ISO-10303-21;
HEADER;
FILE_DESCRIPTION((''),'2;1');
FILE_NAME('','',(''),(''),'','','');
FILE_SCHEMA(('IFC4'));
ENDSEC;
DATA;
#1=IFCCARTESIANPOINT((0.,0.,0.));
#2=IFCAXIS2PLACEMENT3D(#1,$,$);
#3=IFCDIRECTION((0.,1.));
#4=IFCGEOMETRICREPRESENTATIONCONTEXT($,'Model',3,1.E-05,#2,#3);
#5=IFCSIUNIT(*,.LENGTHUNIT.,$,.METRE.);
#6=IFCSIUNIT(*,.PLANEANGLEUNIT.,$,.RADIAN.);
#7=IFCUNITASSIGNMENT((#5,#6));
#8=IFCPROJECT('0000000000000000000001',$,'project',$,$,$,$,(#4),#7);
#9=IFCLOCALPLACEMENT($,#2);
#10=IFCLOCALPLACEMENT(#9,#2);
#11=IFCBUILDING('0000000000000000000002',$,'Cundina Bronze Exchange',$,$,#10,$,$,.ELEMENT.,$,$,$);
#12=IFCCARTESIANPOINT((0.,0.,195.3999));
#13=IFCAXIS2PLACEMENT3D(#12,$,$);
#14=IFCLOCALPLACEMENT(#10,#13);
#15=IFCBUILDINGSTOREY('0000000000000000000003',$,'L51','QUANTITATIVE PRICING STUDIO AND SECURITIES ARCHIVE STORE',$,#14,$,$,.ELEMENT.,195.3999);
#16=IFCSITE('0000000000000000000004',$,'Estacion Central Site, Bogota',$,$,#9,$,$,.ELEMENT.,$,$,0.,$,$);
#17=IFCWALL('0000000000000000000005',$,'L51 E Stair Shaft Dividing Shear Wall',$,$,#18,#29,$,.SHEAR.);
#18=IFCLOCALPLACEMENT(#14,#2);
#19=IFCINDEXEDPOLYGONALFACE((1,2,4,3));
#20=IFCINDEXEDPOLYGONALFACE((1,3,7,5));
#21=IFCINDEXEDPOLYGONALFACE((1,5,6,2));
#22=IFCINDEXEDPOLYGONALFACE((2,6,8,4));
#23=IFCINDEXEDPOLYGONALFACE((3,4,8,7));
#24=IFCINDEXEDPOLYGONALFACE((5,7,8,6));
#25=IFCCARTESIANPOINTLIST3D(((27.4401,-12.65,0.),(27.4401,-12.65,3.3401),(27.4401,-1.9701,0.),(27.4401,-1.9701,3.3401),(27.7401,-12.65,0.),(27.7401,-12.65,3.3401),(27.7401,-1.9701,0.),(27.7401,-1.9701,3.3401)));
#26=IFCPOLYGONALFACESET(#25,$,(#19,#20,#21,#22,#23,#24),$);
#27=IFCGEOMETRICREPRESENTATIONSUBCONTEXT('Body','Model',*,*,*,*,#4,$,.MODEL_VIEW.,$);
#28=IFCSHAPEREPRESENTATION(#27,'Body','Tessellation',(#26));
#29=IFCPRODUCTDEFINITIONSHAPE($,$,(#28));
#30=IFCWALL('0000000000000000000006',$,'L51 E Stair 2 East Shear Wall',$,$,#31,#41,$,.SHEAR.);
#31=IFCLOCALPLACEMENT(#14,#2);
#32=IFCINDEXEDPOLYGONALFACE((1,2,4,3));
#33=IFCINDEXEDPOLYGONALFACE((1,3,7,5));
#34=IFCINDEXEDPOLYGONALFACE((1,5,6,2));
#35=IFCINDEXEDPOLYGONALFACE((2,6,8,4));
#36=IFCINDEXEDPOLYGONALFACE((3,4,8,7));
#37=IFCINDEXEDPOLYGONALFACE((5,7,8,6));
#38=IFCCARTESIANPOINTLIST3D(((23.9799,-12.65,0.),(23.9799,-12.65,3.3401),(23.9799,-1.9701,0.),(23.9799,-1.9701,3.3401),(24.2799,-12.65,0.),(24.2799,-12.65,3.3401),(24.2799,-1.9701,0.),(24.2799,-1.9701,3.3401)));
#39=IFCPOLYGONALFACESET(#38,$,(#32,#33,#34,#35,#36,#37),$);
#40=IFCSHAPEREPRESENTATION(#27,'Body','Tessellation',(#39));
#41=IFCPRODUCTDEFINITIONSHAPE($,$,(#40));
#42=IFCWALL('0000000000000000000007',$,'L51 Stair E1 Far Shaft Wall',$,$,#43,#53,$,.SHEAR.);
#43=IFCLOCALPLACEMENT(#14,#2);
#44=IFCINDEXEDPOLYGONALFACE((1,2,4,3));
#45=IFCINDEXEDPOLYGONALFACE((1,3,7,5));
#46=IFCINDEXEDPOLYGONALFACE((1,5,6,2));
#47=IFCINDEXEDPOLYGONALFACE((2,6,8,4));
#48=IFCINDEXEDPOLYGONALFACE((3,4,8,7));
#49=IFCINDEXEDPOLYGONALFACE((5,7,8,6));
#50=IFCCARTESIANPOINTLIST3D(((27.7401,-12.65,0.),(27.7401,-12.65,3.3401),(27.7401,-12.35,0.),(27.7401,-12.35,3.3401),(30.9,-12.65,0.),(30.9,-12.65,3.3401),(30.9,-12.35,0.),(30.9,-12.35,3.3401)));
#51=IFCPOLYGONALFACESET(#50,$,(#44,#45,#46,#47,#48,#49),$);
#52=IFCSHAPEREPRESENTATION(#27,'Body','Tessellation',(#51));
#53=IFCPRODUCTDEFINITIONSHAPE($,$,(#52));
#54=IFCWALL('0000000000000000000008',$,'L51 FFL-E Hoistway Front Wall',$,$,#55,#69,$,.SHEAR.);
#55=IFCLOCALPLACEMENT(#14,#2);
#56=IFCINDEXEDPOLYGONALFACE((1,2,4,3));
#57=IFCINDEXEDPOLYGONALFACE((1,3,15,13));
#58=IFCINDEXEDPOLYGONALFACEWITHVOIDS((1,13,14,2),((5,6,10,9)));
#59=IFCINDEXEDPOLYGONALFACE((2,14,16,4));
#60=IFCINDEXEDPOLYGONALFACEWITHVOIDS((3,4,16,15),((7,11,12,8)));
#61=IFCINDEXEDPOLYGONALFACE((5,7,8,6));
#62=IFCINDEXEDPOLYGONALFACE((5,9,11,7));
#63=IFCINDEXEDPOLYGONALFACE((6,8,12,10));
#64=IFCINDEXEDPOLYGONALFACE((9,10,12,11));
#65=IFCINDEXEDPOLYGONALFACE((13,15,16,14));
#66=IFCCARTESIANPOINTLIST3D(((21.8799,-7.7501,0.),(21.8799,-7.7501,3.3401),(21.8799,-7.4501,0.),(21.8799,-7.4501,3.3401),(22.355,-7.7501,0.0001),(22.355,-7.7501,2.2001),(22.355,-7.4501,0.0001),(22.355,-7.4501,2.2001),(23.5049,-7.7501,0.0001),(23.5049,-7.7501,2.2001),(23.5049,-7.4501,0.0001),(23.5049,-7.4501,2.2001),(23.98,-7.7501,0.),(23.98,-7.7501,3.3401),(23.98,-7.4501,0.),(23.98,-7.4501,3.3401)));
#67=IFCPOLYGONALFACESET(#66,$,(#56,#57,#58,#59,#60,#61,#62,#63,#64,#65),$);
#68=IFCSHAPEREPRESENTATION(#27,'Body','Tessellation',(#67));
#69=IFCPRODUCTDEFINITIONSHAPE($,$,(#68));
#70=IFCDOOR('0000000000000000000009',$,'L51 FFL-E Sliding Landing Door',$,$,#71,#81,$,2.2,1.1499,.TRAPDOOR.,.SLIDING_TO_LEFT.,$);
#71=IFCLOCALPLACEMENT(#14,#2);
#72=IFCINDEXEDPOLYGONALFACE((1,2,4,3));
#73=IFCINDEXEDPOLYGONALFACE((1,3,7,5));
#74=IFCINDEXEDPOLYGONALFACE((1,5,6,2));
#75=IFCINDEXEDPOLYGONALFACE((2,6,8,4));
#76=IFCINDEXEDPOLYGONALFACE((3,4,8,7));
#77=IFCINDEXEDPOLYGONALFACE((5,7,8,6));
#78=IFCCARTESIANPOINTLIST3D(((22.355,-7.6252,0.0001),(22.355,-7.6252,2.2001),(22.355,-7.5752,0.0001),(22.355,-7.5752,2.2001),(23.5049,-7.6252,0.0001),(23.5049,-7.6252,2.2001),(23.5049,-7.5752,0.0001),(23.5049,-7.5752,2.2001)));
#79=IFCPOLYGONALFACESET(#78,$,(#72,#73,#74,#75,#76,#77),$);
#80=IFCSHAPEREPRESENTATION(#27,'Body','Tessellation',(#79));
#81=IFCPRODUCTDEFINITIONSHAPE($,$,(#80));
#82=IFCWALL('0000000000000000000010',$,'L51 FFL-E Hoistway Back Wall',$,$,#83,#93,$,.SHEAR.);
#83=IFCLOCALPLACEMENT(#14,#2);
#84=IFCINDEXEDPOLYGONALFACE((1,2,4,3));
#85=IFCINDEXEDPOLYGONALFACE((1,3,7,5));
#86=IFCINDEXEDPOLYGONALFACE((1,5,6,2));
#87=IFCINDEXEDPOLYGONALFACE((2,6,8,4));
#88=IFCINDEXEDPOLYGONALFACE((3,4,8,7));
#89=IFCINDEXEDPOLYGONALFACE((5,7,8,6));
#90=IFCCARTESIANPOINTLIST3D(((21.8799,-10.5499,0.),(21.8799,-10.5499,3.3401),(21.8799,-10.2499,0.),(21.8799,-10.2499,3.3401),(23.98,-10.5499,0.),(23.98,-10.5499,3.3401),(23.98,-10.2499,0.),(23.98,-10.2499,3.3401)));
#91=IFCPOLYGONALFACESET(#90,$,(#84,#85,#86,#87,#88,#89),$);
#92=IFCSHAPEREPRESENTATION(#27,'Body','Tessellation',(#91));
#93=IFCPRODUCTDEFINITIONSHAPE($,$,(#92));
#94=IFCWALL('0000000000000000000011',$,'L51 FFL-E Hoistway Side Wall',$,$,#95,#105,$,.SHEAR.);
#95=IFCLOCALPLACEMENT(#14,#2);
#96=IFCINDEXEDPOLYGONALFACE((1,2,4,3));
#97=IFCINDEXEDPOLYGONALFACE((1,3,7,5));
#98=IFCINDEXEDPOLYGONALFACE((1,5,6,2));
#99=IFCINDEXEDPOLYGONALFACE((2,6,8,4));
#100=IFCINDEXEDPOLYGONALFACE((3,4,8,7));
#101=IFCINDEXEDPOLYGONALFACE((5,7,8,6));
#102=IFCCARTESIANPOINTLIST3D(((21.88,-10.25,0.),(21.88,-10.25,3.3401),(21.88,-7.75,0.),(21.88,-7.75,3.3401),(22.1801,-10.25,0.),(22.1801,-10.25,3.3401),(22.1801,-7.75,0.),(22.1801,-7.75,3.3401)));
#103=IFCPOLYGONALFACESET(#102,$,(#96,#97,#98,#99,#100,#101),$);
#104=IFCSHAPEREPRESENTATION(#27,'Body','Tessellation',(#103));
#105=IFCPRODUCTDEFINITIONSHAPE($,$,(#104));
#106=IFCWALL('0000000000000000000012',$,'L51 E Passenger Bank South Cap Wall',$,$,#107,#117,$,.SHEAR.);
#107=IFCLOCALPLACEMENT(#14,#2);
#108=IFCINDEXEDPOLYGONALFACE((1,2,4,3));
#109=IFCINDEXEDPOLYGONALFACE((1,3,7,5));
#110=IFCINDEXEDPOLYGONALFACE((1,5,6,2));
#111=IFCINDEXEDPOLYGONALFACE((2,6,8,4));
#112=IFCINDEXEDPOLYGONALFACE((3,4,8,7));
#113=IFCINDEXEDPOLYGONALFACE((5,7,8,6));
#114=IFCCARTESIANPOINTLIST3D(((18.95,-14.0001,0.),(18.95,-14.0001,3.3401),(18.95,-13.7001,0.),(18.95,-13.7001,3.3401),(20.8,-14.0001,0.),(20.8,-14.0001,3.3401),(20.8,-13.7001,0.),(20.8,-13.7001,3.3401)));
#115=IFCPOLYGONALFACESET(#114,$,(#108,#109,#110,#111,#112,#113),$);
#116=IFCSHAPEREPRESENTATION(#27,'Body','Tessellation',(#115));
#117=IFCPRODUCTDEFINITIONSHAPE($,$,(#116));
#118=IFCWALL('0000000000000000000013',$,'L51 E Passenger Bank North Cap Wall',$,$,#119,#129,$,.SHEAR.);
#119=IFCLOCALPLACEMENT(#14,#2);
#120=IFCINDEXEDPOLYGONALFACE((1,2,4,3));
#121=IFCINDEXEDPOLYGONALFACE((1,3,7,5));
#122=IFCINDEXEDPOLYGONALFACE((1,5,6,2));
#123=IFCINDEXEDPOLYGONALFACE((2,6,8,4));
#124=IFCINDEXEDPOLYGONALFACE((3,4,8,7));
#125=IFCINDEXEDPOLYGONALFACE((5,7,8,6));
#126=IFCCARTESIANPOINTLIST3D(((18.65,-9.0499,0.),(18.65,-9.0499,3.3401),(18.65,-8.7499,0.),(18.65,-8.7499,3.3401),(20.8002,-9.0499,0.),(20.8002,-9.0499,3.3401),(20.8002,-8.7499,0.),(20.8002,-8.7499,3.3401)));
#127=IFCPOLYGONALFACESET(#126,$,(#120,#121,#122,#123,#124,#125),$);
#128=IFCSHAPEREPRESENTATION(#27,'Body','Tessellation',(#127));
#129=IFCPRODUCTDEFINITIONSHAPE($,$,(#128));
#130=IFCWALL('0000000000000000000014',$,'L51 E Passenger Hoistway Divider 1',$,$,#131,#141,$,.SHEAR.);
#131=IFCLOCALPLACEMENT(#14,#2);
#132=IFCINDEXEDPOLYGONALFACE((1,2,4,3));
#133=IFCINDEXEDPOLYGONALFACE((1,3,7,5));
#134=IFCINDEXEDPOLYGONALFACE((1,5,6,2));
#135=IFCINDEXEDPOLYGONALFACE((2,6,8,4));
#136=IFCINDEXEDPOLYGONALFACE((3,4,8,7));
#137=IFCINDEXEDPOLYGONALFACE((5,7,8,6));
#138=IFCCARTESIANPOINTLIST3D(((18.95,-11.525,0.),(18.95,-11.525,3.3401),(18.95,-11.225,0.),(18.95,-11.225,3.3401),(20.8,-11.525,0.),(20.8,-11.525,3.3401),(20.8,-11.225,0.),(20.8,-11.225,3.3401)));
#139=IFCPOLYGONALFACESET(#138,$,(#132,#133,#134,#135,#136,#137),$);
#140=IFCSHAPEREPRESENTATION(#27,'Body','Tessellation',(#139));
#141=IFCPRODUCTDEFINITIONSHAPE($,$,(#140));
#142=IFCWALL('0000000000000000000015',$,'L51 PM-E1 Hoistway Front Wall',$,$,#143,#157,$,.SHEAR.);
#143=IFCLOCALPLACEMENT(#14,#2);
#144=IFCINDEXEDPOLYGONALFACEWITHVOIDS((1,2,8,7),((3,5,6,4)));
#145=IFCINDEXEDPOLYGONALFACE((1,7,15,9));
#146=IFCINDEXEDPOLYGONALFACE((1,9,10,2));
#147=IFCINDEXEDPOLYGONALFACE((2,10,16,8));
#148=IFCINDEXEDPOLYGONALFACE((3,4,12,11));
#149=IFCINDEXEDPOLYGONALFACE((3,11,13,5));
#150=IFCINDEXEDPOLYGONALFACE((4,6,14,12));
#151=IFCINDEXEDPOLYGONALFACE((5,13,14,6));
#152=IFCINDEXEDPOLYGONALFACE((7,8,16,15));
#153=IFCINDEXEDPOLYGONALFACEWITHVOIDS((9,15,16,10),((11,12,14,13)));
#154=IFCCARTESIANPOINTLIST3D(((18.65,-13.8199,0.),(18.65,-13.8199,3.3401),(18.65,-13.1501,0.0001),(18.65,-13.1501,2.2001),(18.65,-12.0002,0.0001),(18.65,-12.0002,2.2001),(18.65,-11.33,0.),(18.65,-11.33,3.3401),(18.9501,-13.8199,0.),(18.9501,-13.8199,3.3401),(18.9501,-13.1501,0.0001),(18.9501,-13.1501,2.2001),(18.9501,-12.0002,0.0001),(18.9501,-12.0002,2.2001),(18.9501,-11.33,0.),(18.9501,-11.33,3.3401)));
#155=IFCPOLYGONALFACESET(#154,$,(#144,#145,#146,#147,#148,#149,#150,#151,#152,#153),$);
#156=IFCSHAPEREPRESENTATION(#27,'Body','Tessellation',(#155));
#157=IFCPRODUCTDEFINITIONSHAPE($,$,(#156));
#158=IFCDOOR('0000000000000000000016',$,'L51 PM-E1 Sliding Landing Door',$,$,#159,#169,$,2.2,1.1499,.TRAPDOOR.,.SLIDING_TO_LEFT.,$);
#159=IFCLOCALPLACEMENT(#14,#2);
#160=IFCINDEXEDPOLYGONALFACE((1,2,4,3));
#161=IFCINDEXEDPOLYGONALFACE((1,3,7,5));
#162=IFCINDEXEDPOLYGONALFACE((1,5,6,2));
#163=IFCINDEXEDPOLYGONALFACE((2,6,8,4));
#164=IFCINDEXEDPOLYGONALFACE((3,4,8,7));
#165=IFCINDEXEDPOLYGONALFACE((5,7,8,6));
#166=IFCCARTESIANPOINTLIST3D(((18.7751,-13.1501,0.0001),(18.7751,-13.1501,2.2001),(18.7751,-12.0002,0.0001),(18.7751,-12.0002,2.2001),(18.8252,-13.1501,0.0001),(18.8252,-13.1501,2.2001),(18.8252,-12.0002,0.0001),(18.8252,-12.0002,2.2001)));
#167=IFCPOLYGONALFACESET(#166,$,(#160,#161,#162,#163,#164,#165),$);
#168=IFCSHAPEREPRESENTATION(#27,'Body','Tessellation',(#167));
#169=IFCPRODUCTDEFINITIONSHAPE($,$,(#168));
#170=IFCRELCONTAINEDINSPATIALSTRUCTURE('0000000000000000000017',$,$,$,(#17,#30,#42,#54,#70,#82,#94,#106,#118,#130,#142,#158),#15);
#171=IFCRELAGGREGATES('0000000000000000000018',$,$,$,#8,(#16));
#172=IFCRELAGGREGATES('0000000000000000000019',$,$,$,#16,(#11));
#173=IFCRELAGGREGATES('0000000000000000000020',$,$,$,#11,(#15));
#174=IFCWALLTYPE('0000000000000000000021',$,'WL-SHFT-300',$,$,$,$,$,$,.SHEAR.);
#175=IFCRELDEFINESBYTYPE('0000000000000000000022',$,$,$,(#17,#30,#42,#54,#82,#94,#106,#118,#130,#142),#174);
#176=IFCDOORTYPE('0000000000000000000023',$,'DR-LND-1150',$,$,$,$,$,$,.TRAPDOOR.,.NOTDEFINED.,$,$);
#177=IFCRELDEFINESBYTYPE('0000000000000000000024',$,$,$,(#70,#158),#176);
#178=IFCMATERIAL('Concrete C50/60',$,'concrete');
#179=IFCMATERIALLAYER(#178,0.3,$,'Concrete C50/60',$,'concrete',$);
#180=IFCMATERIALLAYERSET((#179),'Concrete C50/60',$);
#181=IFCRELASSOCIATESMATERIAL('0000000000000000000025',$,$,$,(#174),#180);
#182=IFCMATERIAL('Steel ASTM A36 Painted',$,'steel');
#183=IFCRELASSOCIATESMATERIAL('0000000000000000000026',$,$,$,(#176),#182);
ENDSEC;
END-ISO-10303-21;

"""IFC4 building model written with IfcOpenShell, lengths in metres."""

from ifc_helpers import new_model, si_unit, direction, frame, frame_2d, origin, place, context, subcontext, project, spatial, rectangle, extrude, material, layer, layer_set, type_object, element, fill, save


model = new_model("IFC4")

# Units and contexts
model_context = context("Model", 3, precision=1e-05, world=origin(), true_north=direction((0.0, 1.0)))
body_context = subcontext(model_context, "Body", "Model", "MODEL_VIEW")
ifc_project = project(units=[si_unit("LENGTHUNIT", "METRE"), si_unit("PLANEANGLEUNIT", "RADIAN")], contexts=[model_context])

# Site, building, storey
site_placement = place(None, origin())
site = spatial("IfcSite", under=ifc_project, at=site_placement, Name="Estacion Central Site, Bogota", CompositionType="ELEMENT", RefElevation=0.0)
building_placement = place(site_placement, origin())
building = spatial("IfcBuilding", under=site, at=building_placement, Name="Cundina Bronze Exchange", CompositionType="ELEMENT")
storey_placement = place(building_placement, frame((0.0, 0.0, 195.3999)))
storey = spatial("IfcBuildingStorey", under=building, at=storey_placement, Name="L51", Description="QUANTITATIVE PRICING STUDIO AND SECURITIES ARCHIVE STORE", CompositionType="ELEMENT", Elevation=195.3999)

# Shared definitions
ifc_material_1 = material(Name="Concrete C50/60", Category="concrete")

# Walls
ifc_layer_1 = layer(ifc_material_1, 0.3, Name="Concrete C50/60", Category="concrete")
ifc_layer_set_1 = layer_set([ifc_layer_1], Name="Concrete C50/60")
wall_type_1 = type_object("IfcWallType", Name="WL-SHFT-300", PredefinedType="SHEAR", material=ifc_layer_set_1)
for number, where, z_axis, x_axis, name in (
    (1, (27.5901, -12.6499, 0.0), (0.0, 0.0, 1.0), (0.0, 1.0, 0.0), "L51 E Stair Shaft Dividing Shear Wall"),
    (2, (24.1299, -12.6499, 0.0), (0.0, 0.0, 1.0), (0.0, 1.0, 0.0), "L51 E Stair 2 East Shear Wall"),
):
    element("IfcWall", number, at=place(storey_placement, frame(where, z_axis=z_axis, x_axis=x_axis)), inside=storey, type_object=wall_type_1, Name=name, PredefinedType="SHEAR", context=body_context, shape_type="SweptSolid", body=[
        extrude(rectangle(XDim=10.6799, YDim=0.3, at=frame_2d((5.3398, 0.0))), origin(), (0.0, 0.0, 1.0), 3.3401),
    ])
wall_1_placement = place(storey_placement, frame((27.74, -12.5, 0.0), z_axis=(0.0, 0.0, 1.0), x_axis=(1.0, 0.0, 0.0)))
element("IfcWall", 3, at=wall_1_placement, inside=storey, type_object=wall_type_1, Name="L51 Stair E1 Far Shaft Wall", PredefinedType="SHEAR", context=body_context, shape_type="SweptSolid", body=[
    extrude(rectangle(XDim=3.1599, YDim=0.3, at=frame_2d((1.5801, 0.0))), origin(), (0.0, 0.0, 1.0), 3.3401),
])

# Wall, opening, door
ifc_material_2 = material(Name="Steel ASTM A36 Painted", Category="steel")
wall_2_placement = place(storey_placement, frame((21.8799, -7.6001, 0.0), z_axis=(0.0, 0.0, 1.0), x_axis=(1.0, 0.0, 0.0)))
wall_2 = element("IfcWall", 4, at=wall_2_placement, inside=storey, type_object=wall_type_1, Name="L51 FFL-E Hoistway Front Wall", PredefinedType="SHEAR", context=body_context, shape_type="SweptSolid", body=[
    extrude(rectangle(XDim=2.1001, YDim=0.3, at=frame_2d((1.05, 0.0))), origin(), (0.0, 0.0, 1.0), 3.3401),
])
opening_1_placement = place(wall_2_placement, frame((0.4751, 0.0, 0.0)))
opening_1 = element("IfcOpeningElement", 5, at=opening_1_placement, cuts=wall_2, PredefinedType="OPENING", context=body_context, shape_type="SweptSolid", body=[
    extrude(rectangle(XDim=1.1499, YDim=2.2, at=frame_2d((0.575, 1.1001))), frame((0.0, 0.1599, 0.0), z_axis=(0.0, -1.0, 0.0), x_axis=(1.0, 0.0, 0.0)), (0.0, 0.0, 1.0), 0.3201),
])
door_type_1 = type_object("IfcDoorType", Name="DR-LND-1150", OperationType="NOTDEFINED", PredefinedType="TRAPDOOR", material=ifc_material_2)
door_1_placement = place(opening_1_placement, origin())
door_1 = element("IfcDoor", 6, at=door_1_placement, inside=storey, type_object=door_type_1, Name="L51 FFL-E Sliding Landing Door", OperationType="SLIDING_TO_LEFT", OverallHeight=2.2, OverallWidth=1.1499, PredefinedType="TRAPDOOR", context=body_context, shape_type="SweptSolid", body=[
    extrude(rectangle(XDim=1.1499, YDim=2.2, at=frame_2d((0.575, 1.1001))), frame((0.0, 0.0249, 0.0), z_axis=(0.0, -1.0, 0.0), x_axis=(1.0, 0.0, 0.0)), (0.0, 0.0, 1.0), 0.05),
])
fill(opening_1, door_1)

# Walls
wall_3_placement = place(storey_placement, frame((21.8799, -10.3999, 0.0), z_axis=(0.0, 0.0, 1.0), x_axis=(1.0, 0.0, 0.0)))
element("IfcWall", 7, at=wall_3_placement, inside=storey, type_object=wall_type_1, Name="L51 FFL-E Hoistway Back Wall", PredefinedType="SHEAR", context=body_context, shape_type="SweptSolid", body=[
    extrude(rectangle(XDim=2.1001, YDim=0.3, at=frame_2d((1.05, 0.0))), origin(), (0.0, 0.0, 1.0), 3.3401),
])
wall_4_placement = place(storey_placement, frame((22.03, -10.25, 0.0), z_axis=(0.0, 0.0, 1.0), x_axis=(0.0, 1.0, 0.0)))
element("IfcWall", 8, at=wall_4_placement, inside=storey, type_object=wall_type_1, Name="L51 FFL-E Hoistway Side Wall", PredefinedType="SHEAR", context=body_context, shape_type="SweptSolid", body=[
    extrude(rectangle(XDim=2.5, YDim=0.3, at=frame_2d((1.25, 0.0))), origin(), (0.0, 0.0, 1.0), 3.3401),
])
wall_5_placement = place(storey_placement, frame((18.95, -13.8501, 0.0), z_axis=(0.0, 0.0, 1.0), x_axis=(1.0, 0.0, 0.0)))
element("IfcWall", 9, at=wall_5_placement, inside=storey, type_object=wall_type_1, Name="L51 E Passenger Bank South Cap Wall", PredefinedType="SHEAR", context=body_context, shape_type="SweptSolid", body=[
    extrude(rectangle(XDim=1.8501, YDim=0.3, at=frame_2d((0.925, 0.0))), origin(), (0.0, 0.0, 1.0), 3.3401),
])
wall_6_placement = place(storey_placement, frame((18.6499, -8.8999, 0.0), z_axis=(0.0, 0.0, 1.0), x_axis=(1.0, 0.0, 0.0)))
element("IfcWall", 10, at=wall_6_placement, inside=storey, type_object=wall_type_1, Name="L51 E Passenger Bank North Cap Wall", PredefinedType="SHEAR", context=body_context, shape_type="SweptSolid", body=[
    extrude(rectangle(XDim=2.1501, YDim=0.3, at=frame_2d((1.0752, 0.0))), origin(), (0.0, 0.0, 1.0), 3.3401),
])
wall_7_placement = place(storey_placement, frame((18.95, -11.375, 0.0), z_axis=(0.0, 0.0, 1.0), x_axis=(1.0, 0.0, 0.0)))
element("IfcWall", 11, at=wall_7_placement, inside=storey, type_object=wall_type_1, Name="L51 E Passenger Hoistway Divider 1", PredefinedType="SHEAR", context=body_context, shape_type="SweptSolid", body=[
    extrude(rectangle(XDim=1.8501, YDim=0.3, at=frame_2d((0.925, 0.0))), origin(), (0.0, 0.0, 1.0), 3.3401),
])

# Wall, opening, door
wall_8_placement = place(storey_placement, frame((18.8, -13.8201, 0.0), z_axis=(0.0, 0.0, 1.0), x_axis=(0.0, 1.0, 0.0)))
wall_8 = element("IfcWall", 12, at=wall_8_placement, inside=storey, type_object=wall_type_1, Name="L51 PM-E1 Hoistway Front Wall", PredefinedType="SHEAR", context=body_context, shape_type="SweptSolid", body=[
    extrude(rectangle(XDim=2.49, YDim=0.3, at=frame_2d((1.2451, 0.0))), origin(), (0.0, 0.0, 1.0), 3.3401),
])
opening_2_placement = place(wall_8_placement, frame((0.6699, 0.0, 0.0)))
opening_2 = element("IfcOpeningElement", 13, at=opening_2_placement, cuts=wall_8, PredefinedType="OPENING", context=body_context, shape_type="SweptSolid", body=[
    extrude(rectangle(XDim=1.1499, YDim=2.2, at=frame_2d((0.575, 1.1001))), frame((0.0, 0.1599, 0.0), z_axis=(0.0, -1.0, 0.0), x_axis=(1.0, 0.0, 0.0)), (0.0, 0.0, 1.0), 0.3201),
])
door_2_placement = place(opening_2_placement, origin())
door_2 = element("IfcDoor", 14, at=door_2_placement, inside=storey, type_object=door_type_1, Name="L51 PM-E1 Sliding Landing Door", OperationType="SLIDING_TO_LEFT", OverallHeight=2.2, OverallWidth=1.1499, PredefinedType="TRAPDOOR", context=body_context, shape_type="SweptSolid", body=[
    extrude(rectangle(XDim=1.1499, YDim=2.2, at=frame_2d((0.575, 1.1001))), frame((0.0, 0.0249, 0.0), z_axis=(0.0, -1.0, 0.0), x_axis=(1.0, 0.0, 0.0)), (0.0, 0.0, 1.0), 0.05),
])
fill(opening_2, door_2)

save(model, "model.ifc")
